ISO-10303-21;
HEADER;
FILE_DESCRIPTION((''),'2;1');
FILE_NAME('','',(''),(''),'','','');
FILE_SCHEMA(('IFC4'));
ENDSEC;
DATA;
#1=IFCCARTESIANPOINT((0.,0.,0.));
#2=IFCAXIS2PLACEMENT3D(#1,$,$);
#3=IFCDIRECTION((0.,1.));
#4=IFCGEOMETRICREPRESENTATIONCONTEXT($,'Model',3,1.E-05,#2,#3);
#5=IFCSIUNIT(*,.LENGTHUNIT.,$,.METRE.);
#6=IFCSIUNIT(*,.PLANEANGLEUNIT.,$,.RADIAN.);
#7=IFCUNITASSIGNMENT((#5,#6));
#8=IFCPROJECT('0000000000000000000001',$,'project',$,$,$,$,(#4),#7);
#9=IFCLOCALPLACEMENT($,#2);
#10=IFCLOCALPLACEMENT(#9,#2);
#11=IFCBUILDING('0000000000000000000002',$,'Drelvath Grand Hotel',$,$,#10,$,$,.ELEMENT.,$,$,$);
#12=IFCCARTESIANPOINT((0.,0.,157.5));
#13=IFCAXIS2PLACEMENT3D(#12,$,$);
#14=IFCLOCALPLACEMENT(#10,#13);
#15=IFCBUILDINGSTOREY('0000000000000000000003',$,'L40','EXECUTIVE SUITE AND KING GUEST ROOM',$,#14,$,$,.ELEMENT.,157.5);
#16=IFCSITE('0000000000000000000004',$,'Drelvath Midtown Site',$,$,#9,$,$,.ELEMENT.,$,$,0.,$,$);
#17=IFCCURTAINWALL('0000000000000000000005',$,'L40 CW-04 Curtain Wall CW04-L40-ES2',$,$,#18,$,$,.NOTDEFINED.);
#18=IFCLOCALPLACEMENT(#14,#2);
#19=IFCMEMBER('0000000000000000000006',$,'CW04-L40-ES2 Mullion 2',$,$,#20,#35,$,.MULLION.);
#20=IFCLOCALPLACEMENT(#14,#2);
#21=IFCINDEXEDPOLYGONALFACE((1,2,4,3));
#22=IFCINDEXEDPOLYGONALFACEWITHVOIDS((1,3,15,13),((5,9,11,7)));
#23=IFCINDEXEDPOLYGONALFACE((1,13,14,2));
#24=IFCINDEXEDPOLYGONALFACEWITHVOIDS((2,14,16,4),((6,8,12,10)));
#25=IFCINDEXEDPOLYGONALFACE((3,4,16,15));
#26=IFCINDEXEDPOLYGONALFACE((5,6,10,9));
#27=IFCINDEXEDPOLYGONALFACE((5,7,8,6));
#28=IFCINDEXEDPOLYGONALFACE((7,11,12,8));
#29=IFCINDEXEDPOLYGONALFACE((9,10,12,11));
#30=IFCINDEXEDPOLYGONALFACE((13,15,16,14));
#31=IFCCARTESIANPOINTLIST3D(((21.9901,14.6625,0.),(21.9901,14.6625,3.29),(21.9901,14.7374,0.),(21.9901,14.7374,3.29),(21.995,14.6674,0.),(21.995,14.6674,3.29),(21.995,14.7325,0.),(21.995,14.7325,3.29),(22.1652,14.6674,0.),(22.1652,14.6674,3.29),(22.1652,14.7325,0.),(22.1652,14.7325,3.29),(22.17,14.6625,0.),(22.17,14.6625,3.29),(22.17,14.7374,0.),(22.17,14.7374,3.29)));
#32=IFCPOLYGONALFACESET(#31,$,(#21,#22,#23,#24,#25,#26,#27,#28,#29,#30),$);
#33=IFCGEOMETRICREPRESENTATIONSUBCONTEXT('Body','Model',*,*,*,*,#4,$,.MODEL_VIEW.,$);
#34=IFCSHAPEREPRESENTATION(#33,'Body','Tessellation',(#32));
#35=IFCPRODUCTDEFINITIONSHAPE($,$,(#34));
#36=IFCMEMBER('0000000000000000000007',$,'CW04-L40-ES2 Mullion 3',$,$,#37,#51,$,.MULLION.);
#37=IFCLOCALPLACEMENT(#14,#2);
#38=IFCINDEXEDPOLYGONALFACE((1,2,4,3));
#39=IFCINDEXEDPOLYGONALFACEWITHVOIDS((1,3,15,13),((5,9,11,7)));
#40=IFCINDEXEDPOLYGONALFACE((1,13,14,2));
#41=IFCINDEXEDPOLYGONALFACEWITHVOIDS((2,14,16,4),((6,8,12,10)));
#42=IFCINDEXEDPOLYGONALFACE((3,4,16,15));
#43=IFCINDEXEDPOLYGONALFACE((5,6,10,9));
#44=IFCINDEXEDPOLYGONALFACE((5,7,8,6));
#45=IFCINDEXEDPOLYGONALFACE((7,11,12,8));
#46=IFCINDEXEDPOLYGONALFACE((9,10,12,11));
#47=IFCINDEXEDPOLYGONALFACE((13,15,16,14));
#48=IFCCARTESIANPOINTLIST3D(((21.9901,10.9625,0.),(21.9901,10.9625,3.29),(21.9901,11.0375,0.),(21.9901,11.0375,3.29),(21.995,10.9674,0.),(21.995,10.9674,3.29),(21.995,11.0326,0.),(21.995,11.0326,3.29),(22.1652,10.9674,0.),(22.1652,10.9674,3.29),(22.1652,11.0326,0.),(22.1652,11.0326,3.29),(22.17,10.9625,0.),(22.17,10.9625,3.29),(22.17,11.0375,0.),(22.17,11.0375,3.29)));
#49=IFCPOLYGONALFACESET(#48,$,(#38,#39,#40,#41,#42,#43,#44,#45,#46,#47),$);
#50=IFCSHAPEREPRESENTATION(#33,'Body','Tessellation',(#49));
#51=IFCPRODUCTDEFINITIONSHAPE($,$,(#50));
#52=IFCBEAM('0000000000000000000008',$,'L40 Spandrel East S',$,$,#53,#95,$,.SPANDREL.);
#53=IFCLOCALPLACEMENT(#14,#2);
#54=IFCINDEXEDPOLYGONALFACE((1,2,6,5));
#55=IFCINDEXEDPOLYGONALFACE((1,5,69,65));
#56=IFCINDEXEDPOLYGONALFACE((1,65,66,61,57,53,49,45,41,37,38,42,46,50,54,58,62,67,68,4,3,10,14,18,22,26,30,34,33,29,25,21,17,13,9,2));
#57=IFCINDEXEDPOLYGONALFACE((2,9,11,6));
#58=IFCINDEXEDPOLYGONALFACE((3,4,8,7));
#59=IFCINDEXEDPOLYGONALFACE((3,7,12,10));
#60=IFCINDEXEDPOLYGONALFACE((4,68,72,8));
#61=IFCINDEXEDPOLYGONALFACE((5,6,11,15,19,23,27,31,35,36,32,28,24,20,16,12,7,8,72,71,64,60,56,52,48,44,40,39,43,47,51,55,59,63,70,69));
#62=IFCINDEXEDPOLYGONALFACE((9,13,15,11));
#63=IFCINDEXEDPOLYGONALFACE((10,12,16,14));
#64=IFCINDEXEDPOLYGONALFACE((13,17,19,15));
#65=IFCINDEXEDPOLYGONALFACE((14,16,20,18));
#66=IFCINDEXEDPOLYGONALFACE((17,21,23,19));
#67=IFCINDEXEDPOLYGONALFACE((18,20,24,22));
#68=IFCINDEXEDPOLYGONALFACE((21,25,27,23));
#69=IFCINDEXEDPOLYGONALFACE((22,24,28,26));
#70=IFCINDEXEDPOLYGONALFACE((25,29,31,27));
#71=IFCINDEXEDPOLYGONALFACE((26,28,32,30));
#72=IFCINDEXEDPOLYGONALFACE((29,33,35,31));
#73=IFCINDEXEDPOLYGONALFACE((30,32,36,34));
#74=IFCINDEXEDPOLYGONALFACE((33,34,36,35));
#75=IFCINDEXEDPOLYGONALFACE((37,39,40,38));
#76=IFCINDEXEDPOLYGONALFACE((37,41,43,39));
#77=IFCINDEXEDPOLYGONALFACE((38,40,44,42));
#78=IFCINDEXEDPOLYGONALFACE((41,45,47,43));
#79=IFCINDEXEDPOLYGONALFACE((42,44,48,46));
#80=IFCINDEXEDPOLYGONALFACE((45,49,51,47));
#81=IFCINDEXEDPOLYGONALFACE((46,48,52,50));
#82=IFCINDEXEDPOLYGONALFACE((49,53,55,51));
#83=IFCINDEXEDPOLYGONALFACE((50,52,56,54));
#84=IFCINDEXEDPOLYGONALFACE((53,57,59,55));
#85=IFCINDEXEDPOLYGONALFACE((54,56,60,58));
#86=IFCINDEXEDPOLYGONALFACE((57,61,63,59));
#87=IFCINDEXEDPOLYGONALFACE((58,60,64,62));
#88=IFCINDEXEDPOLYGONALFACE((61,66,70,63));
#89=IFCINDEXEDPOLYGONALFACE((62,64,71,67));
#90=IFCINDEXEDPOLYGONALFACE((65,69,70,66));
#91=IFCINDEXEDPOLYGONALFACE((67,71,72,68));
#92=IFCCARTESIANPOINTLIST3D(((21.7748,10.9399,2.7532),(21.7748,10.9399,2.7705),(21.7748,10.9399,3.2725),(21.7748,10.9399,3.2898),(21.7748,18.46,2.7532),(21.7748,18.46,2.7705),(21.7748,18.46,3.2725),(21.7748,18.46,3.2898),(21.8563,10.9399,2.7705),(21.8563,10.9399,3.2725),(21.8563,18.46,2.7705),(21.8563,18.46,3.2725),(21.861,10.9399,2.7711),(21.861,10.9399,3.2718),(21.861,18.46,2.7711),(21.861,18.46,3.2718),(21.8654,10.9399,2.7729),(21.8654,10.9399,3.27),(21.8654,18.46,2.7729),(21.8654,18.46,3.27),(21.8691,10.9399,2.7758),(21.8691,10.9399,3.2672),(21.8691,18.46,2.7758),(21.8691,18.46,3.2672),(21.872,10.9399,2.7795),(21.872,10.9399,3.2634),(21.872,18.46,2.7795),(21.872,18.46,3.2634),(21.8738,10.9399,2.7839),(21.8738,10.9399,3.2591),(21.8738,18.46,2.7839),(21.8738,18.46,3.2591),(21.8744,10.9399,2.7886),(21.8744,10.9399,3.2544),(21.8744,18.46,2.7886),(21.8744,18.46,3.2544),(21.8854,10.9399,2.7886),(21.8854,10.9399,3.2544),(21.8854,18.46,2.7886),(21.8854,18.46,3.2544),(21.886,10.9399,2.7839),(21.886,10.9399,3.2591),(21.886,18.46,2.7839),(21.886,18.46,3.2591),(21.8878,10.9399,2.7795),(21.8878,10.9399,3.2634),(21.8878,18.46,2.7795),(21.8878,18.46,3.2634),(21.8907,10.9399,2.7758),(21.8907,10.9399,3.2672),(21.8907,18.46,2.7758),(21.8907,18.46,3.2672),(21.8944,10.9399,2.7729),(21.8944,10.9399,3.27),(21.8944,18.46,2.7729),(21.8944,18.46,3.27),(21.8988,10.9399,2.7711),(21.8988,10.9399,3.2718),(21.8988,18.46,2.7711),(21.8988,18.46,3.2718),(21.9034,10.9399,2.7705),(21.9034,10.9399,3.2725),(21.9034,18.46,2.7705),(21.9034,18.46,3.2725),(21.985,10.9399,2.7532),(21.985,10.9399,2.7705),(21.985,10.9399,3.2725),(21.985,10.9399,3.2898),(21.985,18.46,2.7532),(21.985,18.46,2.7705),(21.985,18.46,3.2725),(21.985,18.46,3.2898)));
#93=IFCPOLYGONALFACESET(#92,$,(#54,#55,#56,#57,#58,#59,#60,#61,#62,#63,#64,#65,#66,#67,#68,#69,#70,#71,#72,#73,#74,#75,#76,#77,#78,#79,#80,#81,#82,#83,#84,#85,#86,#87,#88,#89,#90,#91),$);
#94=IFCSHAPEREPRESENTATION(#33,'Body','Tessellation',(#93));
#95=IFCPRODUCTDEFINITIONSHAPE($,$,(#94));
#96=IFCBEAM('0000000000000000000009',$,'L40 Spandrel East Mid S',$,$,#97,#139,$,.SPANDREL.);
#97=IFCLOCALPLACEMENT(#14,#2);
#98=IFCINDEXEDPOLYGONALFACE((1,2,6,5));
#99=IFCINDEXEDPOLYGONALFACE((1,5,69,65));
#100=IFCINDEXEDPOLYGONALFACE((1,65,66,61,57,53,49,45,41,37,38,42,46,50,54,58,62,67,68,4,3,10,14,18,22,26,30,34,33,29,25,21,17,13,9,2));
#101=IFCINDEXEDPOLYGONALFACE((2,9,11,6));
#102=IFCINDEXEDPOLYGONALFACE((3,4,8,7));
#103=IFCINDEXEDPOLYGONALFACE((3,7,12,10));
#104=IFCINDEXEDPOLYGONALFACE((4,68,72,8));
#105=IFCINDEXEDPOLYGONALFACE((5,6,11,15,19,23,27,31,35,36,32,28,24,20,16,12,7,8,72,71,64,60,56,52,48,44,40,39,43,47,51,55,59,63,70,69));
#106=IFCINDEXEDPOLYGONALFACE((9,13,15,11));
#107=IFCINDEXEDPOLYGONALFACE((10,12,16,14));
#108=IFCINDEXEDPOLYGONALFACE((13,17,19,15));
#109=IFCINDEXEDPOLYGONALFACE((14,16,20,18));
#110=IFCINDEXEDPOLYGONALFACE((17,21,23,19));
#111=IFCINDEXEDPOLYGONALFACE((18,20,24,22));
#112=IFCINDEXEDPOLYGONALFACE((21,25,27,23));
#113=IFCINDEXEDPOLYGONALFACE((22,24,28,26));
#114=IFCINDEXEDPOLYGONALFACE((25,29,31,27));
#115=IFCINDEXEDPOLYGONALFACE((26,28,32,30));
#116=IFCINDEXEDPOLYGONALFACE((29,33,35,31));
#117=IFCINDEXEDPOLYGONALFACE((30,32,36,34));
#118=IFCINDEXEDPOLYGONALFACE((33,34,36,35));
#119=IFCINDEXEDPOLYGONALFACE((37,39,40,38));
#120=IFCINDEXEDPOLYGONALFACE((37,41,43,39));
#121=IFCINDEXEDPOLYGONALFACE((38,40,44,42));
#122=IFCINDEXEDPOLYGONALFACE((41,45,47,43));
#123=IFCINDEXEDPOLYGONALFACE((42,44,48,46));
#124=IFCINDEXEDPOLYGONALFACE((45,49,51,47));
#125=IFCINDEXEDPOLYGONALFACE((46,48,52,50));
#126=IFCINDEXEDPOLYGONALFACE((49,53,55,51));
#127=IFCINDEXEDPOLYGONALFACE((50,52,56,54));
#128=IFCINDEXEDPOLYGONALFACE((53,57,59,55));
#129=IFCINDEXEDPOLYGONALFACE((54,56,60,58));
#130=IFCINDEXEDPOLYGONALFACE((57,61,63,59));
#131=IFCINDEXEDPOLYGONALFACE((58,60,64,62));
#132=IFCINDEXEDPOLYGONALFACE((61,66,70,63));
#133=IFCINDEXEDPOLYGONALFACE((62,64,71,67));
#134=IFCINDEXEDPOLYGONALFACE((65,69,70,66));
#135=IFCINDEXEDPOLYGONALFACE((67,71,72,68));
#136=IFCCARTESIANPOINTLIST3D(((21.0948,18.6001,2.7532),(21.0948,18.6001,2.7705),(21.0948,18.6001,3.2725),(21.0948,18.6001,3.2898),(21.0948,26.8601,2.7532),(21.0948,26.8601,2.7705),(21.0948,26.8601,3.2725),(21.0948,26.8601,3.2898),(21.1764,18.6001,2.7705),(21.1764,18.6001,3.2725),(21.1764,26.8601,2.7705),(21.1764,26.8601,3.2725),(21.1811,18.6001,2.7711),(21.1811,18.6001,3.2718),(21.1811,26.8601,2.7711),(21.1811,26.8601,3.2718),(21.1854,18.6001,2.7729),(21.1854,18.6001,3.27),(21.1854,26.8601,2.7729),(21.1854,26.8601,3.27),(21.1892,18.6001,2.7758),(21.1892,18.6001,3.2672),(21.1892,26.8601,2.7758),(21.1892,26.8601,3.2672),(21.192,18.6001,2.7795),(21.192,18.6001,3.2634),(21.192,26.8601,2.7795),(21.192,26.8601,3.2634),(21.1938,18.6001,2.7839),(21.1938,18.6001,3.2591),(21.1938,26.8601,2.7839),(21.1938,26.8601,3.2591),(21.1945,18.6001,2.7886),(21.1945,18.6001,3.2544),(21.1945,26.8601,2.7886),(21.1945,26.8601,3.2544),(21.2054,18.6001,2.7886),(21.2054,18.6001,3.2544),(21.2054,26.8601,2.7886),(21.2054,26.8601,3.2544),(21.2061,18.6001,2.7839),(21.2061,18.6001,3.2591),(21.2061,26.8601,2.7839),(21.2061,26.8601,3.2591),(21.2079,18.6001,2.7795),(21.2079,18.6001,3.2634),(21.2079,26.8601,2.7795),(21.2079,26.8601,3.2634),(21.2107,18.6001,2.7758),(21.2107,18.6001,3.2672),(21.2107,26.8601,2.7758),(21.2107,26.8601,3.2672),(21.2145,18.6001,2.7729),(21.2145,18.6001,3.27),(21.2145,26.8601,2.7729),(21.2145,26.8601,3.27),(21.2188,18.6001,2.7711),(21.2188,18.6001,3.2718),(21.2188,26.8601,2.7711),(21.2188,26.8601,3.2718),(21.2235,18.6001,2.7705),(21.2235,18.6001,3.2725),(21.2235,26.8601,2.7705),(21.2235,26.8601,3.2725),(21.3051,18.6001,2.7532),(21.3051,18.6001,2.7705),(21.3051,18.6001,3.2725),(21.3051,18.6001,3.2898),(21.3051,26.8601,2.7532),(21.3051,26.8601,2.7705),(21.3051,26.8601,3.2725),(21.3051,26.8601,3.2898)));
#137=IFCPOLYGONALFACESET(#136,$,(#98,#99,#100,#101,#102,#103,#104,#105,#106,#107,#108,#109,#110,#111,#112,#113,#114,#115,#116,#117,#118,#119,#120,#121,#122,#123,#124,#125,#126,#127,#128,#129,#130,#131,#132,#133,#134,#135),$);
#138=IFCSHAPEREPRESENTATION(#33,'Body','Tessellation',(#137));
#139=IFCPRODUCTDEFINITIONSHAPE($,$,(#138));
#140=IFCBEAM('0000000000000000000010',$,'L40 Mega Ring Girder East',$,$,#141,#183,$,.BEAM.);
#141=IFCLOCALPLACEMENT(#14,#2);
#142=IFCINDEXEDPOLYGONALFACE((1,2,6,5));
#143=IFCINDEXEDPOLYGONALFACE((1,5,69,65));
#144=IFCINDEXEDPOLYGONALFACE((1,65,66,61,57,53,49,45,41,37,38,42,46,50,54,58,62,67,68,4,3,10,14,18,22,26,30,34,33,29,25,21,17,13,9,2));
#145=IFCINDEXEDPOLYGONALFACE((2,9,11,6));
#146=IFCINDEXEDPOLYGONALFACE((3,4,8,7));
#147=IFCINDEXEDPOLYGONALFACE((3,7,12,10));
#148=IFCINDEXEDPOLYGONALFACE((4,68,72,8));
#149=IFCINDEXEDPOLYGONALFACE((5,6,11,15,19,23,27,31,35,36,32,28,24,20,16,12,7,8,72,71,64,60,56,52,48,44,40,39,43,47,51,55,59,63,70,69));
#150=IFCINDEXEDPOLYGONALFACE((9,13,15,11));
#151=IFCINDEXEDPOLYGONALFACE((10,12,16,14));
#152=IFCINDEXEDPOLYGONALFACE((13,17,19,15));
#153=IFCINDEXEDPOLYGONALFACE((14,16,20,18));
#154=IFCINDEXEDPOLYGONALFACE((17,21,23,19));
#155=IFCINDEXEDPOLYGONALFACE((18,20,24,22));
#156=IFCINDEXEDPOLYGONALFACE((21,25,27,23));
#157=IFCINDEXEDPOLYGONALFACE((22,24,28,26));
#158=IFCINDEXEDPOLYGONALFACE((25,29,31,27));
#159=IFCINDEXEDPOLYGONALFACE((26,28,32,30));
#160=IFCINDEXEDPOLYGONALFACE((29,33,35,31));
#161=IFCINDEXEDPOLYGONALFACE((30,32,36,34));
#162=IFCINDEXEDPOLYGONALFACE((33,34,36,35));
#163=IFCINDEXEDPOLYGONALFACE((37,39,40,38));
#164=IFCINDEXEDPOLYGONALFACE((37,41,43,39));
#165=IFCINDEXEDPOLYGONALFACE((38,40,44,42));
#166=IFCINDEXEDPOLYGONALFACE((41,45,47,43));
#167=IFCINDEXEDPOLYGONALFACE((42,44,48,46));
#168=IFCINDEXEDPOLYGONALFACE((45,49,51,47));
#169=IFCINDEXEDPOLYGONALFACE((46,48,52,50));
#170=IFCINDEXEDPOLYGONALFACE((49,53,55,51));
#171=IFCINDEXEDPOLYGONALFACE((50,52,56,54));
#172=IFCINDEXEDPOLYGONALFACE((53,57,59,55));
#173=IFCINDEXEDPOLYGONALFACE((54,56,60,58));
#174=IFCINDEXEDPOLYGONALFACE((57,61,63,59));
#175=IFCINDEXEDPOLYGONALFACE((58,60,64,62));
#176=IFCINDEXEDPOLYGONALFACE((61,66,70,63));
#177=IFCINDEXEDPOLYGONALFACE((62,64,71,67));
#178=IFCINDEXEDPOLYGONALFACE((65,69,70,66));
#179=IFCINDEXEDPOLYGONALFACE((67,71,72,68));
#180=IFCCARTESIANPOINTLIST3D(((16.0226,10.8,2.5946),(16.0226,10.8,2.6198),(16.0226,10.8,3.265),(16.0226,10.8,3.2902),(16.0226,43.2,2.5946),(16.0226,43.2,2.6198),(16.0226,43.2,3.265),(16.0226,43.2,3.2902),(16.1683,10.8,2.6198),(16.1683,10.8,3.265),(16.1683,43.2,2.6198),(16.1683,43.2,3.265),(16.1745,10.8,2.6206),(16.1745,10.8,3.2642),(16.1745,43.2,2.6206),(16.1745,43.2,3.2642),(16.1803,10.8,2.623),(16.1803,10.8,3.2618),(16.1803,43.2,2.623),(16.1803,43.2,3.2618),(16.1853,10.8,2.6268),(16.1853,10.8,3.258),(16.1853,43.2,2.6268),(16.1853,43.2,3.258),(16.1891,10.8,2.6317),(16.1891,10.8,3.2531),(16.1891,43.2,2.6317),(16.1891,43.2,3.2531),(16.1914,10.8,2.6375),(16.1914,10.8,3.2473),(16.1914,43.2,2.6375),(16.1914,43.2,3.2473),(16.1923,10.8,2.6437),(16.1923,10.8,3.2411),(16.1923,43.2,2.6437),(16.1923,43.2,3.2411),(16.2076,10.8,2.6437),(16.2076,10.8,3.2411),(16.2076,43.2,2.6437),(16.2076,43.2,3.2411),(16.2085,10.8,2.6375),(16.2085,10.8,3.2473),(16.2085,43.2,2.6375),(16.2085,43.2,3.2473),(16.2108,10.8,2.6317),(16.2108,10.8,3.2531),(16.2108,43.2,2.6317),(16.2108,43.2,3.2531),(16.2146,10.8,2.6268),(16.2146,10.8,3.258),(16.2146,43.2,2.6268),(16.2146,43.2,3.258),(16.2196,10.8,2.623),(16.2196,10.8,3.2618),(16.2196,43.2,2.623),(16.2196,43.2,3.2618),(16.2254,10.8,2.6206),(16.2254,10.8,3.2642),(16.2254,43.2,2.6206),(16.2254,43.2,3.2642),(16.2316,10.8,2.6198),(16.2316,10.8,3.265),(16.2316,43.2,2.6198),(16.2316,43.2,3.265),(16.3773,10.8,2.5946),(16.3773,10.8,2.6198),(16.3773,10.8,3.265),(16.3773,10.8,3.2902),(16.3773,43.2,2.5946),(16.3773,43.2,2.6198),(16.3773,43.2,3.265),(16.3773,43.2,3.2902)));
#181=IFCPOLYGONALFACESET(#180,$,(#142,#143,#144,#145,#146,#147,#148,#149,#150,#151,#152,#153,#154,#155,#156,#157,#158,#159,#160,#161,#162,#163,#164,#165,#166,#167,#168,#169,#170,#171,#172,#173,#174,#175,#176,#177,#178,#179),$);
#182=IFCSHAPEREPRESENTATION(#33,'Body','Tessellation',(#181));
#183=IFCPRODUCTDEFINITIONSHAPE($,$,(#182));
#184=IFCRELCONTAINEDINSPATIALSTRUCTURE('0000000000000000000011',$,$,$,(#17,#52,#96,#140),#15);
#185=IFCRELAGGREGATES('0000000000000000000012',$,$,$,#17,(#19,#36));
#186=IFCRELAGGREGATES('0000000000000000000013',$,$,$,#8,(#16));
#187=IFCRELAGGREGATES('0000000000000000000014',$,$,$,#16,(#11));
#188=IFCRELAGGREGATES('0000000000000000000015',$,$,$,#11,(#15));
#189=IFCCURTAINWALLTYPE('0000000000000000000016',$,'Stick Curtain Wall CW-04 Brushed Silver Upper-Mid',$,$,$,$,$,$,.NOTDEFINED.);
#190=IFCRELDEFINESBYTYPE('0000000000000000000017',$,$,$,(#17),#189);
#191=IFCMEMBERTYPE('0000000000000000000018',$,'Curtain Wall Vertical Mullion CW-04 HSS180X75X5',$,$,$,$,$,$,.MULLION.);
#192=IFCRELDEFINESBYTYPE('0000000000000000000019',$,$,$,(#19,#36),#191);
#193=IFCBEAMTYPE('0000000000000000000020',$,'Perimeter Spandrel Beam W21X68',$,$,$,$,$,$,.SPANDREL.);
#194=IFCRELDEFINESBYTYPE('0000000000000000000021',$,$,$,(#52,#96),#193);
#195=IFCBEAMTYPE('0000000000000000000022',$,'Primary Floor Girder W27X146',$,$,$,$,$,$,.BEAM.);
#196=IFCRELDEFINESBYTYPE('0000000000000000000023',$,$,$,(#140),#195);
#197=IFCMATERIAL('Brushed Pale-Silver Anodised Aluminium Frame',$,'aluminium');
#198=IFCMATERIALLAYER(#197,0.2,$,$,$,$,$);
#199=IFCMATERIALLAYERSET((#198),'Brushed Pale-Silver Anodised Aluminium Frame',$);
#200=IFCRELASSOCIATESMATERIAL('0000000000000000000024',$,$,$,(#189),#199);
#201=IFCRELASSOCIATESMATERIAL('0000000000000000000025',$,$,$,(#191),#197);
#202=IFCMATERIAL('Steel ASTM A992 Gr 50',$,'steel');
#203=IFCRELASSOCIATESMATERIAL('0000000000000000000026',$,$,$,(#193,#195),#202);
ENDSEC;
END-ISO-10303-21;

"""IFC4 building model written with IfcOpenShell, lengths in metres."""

from ifc_helpers import new_model, si_unit, direction, frame, origin, origin_2d, place, context, subcontext, project, spatial, hollow_rectangle, i_section, extrude, material, layer, layer_set, material_profile, profile_set, type_object, element, aggregate, save


model = new_model("IFC4")

# Units and contexts
model_context = context("Model", 3, precision=1e-05, world=origin(), true_north=direction((0.0, 1.0)))
body_context = subcontext(model_context, "Body", "Model", "MODEL_VIEW")
ifc_project = project(units=[si_unit("LENGTHUNIT", "METRE"), si_unit("PLANEANGLEUNIT", "RADIAN")], contexts=[model_context])

# Site, building, storey
site_placement = place(None, origin())
site = spatial("IfcSite", under=ifc_project, at=site_placement, Name="Drelvath Midtown Site", CompositionType="ELEMENT", RefElevation=0.0)
building_placement = place(site_placement, origin())
building = spatial("IfcBuilding", under=site, at=building_placement, Name="Drelvath Grand Hotel", CompositionType="ELEMENT")
storey_placement = place(building_placement, frame((0.0, 0.0, 157.5)))
storey = spatial("IfcBuildingStorey", under=building, at=storey_placement, Name="L40", Description="EXECUTIVE SUITE AND KING GUEST ROOM", CompositionType="ELEMENT", Elevation=157.5)

# Curtain wall
ifc_material_1 = material(Name="Brushed Pale-Silver Anodised Aluminium Frame", Category="aluminium")
ifc_layer_1 = layer(ifc_material_1, 0.2)
ifc_layer_set_1 = layer_set([ifc_layer_1], Name="Brushed Pale-Silver Anodised Aluminium Frame")
curtain_wall_type = type_object("IfcCurtainWallType", Name="Stick Curtain Wall CW-04 Brushed Silver Upper-Mid", PredefinedType="NOTDEFINED", material=ifc_layer_set_1)
curtain_wall_1_placement = place(storey_placement, origin())
curtain_wall_1 = element("IfcCurtainWall", 1, at=curtain_wall_1_placement, inside=storey, type_object=curtain_wall_type, Name="L40 CW-04 Curtain Wall CW04-L40-ES2", PredefinedType="NOTDEFINED")

# Members
ifc_material_profile_1 = material_profile(ifc_material_1, hollow_rectangle(XDim=0.075, YDim=0.1799, WallThickness=0.0049, at=origin_2d()), Name="HSS180X75X5")
ifc_profile_set_1 = profile_set([ifc_material_profile_1], Name="Brushed Pale-Silver Anodised Aluminium Frame")
member_type_1 = type_object("IfcMemberType", Name="Curtain Wall Vertical Mullion CW-04 HSS180X75X5", PredefinedType="MULLION", material=ifc_profile_set_1)
member_1_placement = place(storey_placement, frame((22.0801, 14.7, 0.0), z_axis=(0.0, 0.0, 1.0), x_axis=(0.0, 1.0, 0.0)))
member_1 = element("IfcMember", 2, at=member_1_placement, type_object=member_type_1, Name="CW04-L40-ES2 Mullion 2", PredefinedType="MULLION", context=body_context, shape_type="SweptSolid", body=[
    extrude(hollow_rectangle(XDim=0.075, YDim=0.1799, WallThickness=0.0049, at=origin_2d()), origin(), (0.0, 0.0, 1.0), 3.29),
])
member_2_placement = place(storey_placement, frame((22.0801, 11.0, 0.0), z_axis=(0.0, 0.0, 1.0), x_axis=(0.0, 1.0, 0.0)))
member_2 = element("IfcMember", 3, at=member_2_placement, type_object=member_type_1, Name="CW04-L40-ES2 Mullion 3", PredefinedType="MULLION", context=body_context, shape_type="SweptSolid", body=[
    extrude(hollow_rectangle(XDim=0.075, YDim=0.1799, WallThickness=0.0049, at=origin_2d()), origin(), (0.0, 0.0, 1.0), 3.29),
])

# Beams
ifc_material_2 = material(Name="Steel ASTM A992 Gr 50", Category="steel")
ifc_material_profile_2 = material_profile(ifc_material_2, i_section(OverallWidth=0.2102, OverallDepth=0.5366, WebThickness=0.011, FlangeThickness=0.0173, FilletRadius=0.0181, at=origin_2d()), Name="W21X68")
ifc_profile_set_2 = profile_set([ifc_material_profile_2], Name="Steel ASTM A992 Gr 50")
beam_type_1 = type_object("IfcBeamType", Name="Perimeter Spandrel Beam W21X68", PredefinedType="SPANDREL", material=ifc_profile_set_2)
beam_1_placement = place(storey_placement, frame((21.8799, 10.9399, 3.0215), z_axis=(0.0, 1.0, 0.0), x_axis=(-1.0, 0.0, 0.0)))
element("IfcBeam", 4, at=beam_1_placement, inside=storey, type_object=beam_type_1, Name="L40 Spandrel East S", PredefinedType="SPANDREL", context=body_context, shape_type="SweptSolid", body=[
    extrude(i_section(OverallWidth=0.2102, OverallDepth=0.5366, WebThickness=0.011, FlangeThickness=0.0173, FilletRadius=0.0181, at=origin_2d()), origin(), (0.0, 0.0, 1.0), 7.52),
])
beam_2_placement = place(storey_placement, frame((21.2, 18.6001, 3.0215), z_axis=(0.0, 1.0, 0.0), x_axis=(-1.0, 0.0, 0.0)))
element("IfcBeam", 5, at=beam_2_placement, inside=storey, type_object=beam_type_1, Name="L40 Spandrel East Mid S", PredefinedType="SPANDREL", context=body_context, shape_type="SweptSolid", body=[
    extrude(i_section(OverallWidth=0.2102, OverallDepth=0.5366, WebThickness=0.011, FlangeThickness=0.0173, FilletRadius=0.0181, at=origin_2d()), origin(), (0.0, 0.0, 1.0), 8.26),
])
ifc_material_profile_3 = material_profile(ifc_material_2, i_section(OverallWidth=0.3547, OverallDepth=0.6956, WebThickness=0.0154, FlangeThickness=0.0251, FilletRadius=0.0239, at=origin_2d()), Name="W27X146")
ifc_profile_set_3 = profile_set([ifc_material_profile_3], Name="Steel ASTM A992 Gr 50")
beam_type_2 = type_object("IfcBeamType", Name="Primary Floor Girder W27X146", PredefinedType="BEAM", material=ifc_profile_set_3)
beam_3_placement = place(storey_placement, frame((16.2, 10.8, 2.9424), z_axis=(0.0, 1.0, 0.0), x_axis=(-1.0, 0.0, 0.0)))
element("IfcBeam", 6, at=beam_3_placement, inside=storey, type_object=beam_type_2, Name="L40 Mega Ring Girder East", PredefinedType="BEAM", context=body_context, shape_type="SweptSolid", body=[
    extrude(i_section(OverallWidth=0.3547, OverallDepth=0.6956, WebThickness=0.0154, FlangeThickness=0.0251, FilletRadius=0.0239, at=origin_2d()), origin(), (0.0, 0.0, 1.0), 32.3999),
])

aggregate(curtain_wall_1, [member_1, member_2])

save(model, "model.ifc")
